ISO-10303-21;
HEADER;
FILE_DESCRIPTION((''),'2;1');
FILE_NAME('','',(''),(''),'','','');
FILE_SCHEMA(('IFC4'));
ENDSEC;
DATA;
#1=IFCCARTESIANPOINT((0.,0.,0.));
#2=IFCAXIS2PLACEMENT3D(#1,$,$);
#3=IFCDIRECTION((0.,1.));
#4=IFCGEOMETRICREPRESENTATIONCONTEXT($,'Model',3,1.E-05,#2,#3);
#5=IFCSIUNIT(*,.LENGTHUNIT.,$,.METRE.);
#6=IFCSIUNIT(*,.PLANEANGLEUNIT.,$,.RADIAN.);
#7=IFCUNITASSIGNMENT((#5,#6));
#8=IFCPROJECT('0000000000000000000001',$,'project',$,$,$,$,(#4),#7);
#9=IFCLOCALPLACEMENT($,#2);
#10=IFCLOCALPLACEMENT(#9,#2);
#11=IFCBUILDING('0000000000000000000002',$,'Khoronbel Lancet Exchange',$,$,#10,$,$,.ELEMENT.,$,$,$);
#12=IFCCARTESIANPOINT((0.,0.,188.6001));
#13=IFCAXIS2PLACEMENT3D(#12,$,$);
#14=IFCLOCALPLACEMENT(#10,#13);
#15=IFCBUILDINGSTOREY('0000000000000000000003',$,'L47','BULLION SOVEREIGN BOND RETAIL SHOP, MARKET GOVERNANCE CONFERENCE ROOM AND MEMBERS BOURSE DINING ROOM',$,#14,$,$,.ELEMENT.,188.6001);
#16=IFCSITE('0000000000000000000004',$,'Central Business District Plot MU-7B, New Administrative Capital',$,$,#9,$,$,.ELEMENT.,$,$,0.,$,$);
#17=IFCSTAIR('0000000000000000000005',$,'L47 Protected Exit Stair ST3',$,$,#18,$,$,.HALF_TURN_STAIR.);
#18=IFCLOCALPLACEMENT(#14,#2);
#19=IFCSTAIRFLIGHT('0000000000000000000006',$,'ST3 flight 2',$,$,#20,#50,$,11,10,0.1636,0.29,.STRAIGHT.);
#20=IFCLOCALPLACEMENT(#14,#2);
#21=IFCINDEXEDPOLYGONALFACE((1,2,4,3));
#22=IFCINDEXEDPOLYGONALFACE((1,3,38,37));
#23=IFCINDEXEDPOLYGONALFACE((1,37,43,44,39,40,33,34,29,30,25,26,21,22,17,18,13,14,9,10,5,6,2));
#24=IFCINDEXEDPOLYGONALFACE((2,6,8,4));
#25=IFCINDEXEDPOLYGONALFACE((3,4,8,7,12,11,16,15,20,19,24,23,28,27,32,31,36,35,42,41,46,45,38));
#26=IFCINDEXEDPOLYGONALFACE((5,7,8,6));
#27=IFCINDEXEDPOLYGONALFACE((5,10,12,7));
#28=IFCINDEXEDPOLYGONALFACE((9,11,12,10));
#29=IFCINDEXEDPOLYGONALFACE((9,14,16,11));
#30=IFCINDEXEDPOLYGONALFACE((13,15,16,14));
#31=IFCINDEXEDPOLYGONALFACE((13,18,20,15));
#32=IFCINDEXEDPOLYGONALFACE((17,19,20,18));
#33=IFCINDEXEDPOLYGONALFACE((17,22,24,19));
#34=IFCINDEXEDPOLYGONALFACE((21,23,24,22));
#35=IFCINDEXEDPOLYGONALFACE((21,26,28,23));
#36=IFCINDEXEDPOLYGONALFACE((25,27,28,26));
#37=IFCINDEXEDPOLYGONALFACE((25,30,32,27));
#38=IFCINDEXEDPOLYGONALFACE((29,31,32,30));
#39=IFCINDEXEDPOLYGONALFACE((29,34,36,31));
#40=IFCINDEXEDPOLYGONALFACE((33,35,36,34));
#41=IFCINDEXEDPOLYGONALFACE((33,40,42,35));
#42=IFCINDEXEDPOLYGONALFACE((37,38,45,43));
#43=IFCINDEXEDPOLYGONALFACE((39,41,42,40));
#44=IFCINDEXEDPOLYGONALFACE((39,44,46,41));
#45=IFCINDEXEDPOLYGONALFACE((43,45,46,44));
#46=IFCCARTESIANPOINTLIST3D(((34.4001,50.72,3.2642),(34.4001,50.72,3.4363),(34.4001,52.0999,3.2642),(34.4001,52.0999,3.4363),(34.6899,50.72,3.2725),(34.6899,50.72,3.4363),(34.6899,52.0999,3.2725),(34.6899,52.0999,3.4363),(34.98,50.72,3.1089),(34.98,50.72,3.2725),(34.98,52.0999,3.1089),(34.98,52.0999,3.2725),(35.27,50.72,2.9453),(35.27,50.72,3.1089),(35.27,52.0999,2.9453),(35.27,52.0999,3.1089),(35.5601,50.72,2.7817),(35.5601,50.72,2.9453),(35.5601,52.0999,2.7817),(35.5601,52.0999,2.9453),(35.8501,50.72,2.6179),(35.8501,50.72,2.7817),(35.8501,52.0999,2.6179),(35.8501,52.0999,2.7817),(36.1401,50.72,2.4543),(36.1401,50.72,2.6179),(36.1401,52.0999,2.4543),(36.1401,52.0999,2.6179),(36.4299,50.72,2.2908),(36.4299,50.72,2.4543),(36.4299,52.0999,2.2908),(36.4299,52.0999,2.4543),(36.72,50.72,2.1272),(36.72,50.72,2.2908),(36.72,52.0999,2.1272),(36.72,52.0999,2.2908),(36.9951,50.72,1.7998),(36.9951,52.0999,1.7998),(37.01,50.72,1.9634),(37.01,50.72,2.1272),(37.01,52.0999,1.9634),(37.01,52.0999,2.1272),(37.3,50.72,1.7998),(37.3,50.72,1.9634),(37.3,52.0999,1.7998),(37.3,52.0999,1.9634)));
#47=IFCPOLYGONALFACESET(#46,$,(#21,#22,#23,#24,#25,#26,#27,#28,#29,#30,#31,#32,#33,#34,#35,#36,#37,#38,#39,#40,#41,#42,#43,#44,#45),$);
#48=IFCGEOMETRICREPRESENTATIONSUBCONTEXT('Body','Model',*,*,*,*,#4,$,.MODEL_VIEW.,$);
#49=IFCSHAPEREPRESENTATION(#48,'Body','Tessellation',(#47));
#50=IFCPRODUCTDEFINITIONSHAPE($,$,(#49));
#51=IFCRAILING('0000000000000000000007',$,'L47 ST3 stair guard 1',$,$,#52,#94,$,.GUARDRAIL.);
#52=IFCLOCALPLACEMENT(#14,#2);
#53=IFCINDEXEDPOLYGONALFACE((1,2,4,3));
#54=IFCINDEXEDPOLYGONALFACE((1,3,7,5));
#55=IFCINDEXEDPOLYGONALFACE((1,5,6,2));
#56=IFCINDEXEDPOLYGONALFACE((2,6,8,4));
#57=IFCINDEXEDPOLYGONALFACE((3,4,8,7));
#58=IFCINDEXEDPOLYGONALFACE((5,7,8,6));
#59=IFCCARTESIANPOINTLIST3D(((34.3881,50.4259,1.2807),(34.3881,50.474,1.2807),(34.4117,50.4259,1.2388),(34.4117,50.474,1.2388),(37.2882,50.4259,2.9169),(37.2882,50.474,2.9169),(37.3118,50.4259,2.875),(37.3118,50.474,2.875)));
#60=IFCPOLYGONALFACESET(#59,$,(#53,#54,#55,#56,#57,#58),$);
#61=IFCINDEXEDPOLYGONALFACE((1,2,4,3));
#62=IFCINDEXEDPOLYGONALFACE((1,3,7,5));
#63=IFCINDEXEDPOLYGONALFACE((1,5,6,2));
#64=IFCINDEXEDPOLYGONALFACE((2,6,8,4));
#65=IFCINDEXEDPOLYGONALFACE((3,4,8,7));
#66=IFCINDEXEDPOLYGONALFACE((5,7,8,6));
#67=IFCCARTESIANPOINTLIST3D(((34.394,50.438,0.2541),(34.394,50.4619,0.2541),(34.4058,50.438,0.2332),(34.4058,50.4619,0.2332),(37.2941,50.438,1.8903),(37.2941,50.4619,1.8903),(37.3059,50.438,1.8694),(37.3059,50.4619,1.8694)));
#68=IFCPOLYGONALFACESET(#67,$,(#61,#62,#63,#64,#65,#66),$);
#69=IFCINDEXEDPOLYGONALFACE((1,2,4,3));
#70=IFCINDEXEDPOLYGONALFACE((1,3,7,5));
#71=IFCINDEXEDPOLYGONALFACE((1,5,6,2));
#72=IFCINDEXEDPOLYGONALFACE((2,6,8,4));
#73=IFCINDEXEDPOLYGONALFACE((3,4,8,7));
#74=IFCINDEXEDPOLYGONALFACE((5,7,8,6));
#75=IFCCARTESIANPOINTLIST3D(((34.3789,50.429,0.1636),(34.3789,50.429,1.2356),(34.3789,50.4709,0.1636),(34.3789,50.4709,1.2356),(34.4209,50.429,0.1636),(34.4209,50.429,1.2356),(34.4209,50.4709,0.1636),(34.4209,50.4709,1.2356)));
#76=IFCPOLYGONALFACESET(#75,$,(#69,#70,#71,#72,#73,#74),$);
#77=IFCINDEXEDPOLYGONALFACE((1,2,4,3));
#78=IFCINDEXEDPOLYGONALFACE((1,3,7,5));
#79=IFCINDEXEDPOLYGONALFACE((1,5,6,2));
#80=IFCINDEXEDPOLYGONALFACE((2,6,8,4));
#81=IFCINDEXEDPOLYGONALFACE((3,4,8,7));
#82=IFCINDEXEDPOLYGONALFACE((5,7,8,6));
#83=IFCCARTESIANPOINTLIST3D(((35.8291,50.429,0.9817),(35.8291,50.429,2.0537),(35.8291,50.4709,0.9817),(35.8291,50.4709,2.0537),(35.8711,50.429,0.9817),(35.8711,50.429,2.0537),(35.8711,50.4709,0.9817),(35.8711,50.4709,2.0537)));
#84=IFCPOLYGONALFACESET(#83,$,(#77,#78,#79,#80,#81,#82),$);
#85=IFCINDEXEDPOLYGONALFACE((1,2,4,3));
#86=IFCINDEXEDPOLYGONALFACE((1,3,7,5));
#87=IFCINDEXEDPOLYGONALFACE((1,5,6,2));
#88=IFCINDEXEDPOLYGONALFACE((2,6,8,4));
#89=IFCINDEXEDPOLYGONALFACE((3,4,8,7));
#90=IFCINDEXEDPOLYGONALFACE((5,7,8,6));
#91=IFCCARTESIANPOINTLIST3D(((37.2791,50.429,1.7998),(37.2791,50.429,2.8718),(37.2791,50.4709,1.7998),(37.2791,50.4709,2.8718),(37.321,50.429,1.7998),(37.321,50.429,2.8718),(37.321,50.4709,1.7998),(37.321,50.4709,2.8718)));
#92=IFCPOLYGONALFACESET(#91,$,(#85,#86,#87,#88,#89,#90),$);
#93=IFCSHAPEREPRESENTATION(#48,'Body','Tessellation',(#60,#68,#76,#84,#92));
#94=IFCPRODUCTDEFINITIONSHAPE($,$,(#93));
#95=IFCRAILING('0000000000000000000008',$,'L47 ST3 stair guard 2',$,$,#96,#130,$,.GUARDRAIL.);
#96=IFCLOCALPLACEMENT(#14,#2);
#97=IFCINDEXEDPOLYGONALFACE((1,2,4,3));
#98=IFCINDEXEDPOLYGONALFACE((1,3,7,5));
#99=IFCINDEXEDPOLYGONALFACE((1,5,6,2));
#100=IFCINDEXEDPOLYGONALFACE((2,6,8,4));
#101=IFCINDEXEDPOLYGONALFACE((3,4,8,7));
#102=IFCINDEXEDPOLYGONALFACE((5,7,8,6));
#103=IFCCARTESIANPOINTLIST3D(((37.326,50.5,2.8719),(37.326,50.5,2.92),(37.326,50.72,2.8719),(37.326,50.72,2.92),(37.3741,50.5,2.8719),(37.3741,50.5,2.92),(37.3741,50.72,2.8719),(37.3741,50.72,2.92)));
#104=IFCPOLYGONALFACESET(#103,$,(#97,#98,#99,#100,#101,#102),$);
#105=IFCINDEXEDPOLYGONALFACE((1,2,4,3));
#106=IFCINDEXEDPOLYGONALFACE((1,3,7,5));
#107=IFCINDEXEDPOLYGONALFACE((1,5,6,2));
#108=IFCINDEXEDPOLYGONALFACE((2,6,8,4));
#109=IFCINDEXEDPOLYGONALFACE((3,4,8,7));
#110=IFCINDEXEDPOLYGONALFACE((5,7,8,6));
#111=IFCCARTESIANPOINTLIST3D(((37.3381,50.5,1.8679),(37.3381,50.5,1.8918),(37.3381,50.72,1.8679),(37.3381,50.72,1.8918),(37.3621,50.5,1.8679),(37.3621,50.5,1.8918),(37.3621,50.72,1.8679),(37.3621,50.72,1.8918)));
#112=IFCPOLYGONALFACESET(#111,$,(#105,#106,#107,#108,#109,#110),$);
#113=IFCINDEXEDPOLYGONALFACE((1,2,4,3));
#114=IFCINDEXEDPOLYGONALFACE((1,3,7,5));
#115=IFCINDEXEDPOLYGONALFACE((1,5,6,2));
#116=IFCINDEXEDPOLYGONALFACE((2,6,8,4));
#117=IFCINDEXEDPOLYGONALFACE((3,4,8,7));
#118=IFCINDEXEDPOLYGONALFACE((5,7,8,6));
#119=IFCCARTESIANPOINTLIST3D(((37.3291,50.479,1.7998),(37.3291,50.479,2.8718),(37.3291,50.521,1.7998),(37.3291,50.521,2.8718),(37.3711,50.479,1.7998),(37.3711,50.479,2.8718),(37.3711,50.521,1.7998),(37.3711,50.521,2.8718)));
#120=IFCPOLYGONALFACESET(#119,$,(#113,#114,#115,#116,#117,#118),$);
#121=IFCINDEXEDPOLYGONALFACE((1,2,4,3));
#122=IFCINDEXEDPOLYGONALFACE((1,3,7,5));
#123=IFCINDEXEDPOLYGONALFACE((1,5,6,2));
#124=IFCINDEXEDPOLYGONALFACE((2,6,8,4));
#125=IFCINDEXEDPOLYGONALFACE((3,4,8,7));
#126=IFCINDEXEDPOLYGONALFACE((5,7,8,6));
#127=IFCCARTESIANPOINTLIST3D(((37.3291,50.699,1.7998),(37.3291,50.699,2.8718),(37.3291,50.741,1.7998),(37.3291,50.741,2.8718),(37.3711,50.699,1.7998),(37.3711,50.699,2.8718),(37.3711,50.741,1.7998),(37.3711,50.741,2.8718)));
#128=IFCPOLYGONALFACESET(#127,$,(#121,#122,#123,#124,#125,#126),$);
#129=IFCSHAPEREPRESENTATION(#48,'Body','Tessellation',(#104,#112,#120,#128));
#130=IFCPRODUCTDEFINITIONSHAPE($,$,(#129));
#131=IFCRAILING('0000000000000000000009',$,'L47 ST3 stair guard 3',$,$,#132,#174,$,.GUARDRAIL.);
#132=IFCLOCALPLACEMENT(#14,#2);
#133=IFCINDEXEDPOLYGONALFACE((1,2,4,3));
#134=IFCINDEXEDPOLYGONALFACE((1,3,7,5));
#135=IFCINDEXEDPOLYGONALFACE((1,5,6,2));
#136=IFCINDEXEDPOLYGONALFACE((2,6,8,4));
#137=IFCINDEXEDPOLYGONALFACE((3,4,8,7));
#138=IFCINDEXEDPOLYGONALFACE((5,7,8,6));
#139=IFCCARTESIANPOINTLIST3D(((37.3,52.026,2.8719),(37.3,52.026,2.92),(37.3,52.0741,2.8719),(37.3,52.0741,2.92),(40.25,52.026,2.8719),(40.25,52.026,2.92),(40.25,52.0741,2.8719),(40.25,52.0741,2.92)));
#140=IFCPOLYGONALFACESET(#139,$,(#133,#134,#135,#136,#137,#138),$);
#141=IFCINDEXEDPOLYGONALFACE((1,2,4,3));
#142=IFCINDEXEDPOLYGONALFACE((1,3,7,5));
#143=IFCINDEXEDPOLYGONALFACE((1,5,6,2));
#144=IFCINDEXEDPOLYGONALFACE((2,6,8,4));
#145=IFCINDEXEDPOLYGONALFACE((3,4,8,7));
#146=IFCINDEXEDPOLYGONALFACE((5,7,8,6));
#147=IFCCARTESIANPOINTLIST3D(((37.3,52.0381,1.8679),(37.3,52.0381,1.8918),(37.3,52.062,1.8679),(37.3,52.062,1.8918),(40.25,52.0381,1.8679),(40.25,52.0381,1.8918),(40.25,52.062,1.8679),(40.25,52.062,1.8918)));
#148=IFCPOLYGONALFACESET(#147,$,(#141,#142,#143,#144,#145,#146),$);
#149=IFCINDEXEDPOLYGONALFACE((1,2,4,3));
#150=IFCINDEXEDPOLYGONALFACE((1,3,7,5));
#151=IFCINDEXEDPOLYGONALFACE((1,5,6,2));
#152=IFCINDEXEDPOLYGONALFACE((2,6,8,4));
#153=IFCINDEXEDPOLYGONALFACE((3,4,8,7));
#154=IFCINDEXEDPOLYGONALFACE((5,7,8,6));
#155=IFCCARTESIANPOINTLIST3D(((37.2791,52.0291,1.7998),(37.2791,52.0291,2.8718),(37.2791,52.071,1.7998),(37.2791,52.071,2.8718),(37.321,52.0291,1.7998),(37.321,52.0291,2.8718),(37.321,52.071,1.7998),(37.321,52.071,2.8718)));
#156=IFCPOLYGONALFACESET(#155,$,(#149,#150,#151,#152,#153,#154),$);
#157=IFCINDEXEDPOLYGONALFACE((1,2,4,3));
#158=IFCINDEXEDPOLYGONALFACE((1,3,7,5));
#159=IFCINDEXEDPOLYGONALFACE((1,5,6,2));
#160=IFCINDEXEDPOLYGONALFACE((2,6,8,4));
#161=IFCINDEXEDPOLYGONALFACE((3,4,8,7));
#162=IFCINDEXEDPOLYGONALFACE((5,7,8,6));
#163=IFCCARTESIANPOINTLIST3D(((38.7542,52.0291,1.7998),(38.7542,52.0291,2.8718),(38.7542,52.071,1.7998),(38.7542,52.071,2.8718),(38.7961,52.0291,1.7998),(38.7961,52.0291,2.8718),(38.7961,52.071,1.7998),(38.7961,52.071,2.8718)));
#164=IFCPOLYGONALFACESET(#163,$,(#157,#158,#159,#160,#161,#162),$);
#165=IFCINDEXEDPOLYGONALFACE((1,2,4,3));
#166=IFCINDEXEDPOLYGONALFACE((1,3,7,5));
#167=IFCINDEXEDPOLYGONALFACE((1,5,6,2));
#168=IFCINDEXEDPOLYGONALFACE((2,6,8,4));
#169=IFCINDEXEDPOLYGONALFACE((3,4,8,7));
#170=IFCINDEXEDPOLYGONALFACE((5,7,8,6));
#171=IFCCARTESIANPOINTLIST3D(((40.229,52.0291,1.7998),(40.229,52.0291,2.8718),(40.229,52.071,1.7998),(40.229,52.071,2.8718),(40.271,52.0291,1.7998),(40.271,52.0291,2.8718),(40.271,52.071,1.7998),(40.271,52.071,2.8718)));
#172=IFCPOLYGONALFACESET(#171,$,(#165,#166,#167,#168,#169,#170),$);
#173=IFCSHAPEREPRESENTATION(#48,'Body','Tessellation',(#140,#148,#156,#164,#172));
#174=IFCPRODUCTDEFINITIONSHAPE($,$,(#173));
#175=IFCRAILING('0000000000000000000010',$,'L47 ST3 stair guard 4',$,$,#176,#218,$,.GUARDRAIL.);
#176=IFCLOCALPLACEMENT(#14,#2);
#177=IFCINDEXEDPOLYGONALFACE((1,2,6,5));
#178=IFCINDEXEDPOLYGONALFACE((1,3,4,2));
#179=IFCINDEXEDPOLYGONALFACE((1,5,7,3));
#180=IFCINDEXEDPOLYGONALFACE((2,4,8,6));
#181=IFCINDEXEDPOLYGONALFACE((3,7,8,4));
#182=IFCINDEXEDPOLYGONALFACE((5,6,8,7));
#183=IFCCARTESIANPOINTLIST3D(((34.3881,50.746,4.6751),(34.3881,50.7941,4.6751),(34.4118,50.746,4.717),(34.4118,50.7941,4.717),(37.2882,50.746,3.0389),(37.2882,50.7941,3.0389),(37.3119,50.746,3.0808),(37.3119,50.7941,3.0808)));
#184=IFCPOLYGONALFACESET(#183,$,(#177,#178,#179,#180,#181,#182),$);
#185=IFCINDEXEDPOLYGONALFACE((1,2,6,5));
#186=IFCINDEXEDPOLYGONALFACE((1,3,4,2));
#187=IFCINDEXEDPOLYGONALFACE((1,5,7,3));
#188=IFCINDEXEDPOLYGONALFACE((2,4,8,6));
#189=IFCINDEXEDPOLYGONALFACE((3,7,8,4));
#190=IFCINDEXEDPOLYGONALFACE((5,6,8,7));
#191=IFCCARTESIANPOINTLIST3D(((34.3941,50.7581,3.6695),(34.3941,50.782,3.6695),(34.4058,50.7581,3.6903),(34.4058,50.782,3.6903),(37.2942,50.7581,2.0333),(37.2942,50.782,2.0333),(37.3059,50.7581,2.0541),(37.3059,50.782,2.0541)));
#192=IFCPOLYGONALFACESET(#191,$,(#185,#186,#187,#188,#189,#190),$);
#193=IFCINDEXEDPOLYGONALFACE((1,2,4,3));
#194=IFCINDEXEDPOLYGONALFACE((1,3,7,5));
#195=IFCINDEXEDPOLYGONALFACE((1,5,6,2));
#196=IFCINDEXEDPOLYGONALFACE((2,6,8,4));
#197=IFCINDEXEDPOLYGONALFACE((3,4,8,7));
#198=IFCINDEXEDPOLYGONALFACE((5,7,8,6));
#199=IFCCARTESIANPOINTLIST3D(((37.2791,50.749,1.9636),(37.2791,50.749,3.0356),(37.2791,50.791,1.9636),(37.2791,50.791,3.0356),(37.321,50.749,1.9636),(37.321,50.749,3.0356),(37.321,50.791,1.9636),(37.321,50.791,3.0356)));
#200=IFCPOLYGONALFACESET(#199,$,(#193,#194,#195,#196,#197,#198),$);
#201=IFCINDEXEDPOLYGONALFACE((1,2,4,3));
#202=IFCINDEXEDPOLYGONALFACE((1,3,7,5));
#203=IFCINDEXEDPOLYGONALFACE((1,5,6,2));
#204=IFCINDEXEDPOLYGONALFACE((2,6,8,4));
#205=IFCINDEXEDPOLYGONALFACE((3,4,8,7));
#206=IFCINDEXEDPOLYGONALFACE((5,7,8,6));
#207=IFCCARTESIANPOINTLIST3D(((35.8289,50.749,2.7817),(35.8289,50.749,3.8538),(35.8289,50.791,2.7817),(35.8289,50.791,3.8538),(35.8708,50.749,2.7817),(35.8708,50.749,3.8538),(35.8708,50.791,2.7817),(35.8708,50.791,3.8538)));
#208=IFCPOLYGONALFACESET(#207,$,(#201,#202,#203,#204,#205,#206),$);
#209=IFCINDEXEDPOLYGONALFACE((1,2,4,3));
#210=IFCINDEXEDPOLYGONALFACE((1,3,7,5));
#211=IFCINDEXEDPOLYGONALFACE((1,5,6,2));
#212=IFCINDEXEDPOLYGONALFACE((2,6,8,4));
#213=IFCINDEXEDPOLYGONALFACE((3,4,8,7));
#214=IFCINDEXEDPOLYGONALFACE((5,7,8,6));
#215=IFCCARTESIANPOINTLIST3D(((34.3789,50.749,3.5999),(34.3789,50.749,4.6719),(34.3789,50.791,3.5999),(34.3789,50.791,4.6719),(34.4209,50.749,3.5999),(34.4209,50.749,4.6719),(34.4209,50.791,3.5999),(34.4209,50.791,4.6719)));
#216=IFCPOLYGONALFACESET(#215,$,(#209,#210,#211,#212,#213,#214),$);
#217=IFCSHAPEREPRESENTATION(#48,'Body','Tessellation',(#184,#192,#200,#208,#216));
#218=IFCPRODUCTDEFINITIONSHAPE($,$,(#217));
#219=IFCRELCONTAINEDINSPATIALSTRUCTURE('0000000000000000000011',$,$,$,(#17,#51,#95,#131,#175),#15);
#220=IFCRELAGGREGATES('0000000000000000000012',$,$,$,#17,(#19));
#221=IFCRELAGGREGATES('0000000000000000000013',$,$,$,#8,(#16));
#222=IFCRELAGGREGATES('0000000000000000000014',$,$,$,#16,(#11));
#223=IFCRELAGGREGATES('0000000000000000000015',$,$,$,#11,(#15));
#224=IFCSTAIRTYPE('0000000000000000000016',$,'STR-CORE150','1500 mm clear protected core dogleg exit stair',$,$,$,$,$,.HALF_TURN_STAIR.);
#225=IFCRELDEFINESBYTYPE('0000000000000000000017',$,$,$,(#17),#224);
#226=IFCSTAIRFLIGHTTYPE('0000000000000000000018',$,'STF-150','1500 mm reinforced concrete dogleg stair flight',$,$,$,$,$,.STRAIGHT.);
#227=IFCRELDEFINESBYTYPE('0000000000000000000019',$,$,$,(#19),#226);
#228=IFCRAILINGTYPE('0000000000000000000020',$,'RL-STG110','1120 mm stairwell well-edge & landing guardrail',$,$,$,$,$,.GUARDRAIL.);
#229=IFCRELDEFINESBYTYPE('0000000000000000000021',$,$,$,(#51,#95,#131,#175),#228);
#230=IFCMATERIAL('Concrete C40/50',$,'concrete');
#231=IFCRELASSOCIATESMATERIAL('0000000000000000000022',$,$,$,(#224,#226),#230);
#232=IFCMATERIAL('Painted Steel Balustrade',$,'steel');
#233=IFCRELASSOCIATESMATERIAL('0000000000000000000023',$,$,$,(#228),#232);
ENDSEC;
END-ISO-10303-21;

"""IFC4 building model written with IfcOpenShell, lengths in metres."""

from ifc_helpers import new_model, si_unit, direction, frame, origin, origin_2d, place, context, subcontext, project, spatial, polyline, rectangle, outline, extrude, material, type_object, element, aggregate, save


model = new_model("IFC4")

# Units and contexts
model_context = context("Model", 3, precision=1e-05, world=origin(), true_north=direction((0.0, 1.0)))
body_context = subcontext(model_context, "Body", "Model", "MODEL_VIEW")
ifc_project = project(units=[si_unit("LENGTHUNIT", "METRE"), si_unit("PLANEANGLEUNIT", "RADIAN")], contexts=[model_context])

# Site, building, storey
site_placement = place(None, origin())
site = spatial("IfcSite", under=ifc_project, at=site_placement, Name="Central Business District Plot MU-7B, New Administrative Capital", CompositionType="ELEMENT", RefElevation=0.0)
building_placement = place(site_placement, origin())
building = spatial("IfcBuilding", under=site, at=building_placement, Name="Khoronbel Lancet Exchange", CompositionType="ELEMENT")
storey_placement = place(building_placement, frame((0.0, 0.0, 188.6001)))
storey = spatial("IfcBuildingStorey", under=building, at=storey_placement, Name="L47", Description="BULLION SOVEREIGN BOND RETAIL SHOP, MARKET GOVERNANCE CONFERENCE ROOM AND MEMBERS BOURSE DINING ROOM", CompositionType="ELEMENT", Elevation=188.6001)

# Stair, stair flight
ifc_material_1 = material(Name="Concrete C40/50", Category="concrete")
stair_type = type_object("IfcStairType", Name="STR-CORE150", Description="1500 mm clear protected core dogleg exit stair", PredefinedType="HALF_TURN_STAIR", material=ifc_material_1)
stair_placement = place(storey_placement, origin())
stair = element("IfcStair", 1, at=stair_placement, inside=storey, type_object=stair_type, Name="L47 Protected Exit Stair ST3", PredefinedType="HALF_TURN_STAIR")
stair_flight_type = type_object("IfcStairFlightType", Name="STF-150", Description="1500 mm reinforced concrete dogleg stair flight", PredefinedType="STRAIGHT", material=ifc_material_1)
stair_flight_1_placement = place(storey_placement, frame((37.3, 51.4099, 1.7998), z_axis=(0.0, 0.0, 1.0), x_axis=(-1.0, 0.0, 0.0)))
stair_flight_1 = element("IfcStairFlight", 2, at=stair_flight_1_placement, type_object=stair_flight_type, Name="ST3 flight 2", NumberOfRisers=11, NumberOfTreads=10, PredefinedType="STRAIGHT", RiserHeight=0.1636, TreadLength=0.29, context=body_context, shape_type="SweptSolid", body=[
    extrude(outline(polyline([(0.0, 0.0), (0.0, 0.1636), (0.29, 0.1636), (0.29, 0.3274), (0.5801, 0.3274), (0.5801, 0.491), (0.8701, 0.491), (0.8701, 0.6545), (1.1599, 0.6545), (1.1599, 0.8181), (1.45, 0.8181), (1.45, 0.9819), (1.74, 0.9819), (1.74, 1.1455), (2.03, 1.1455), (2.03, 1.3091), (2.3201, 1.3091), (2.3201, 1.4727), (2.6101, 1.4727), (2.6101, 1.6365), (2.8999, 1.6365), (2.8999, 1.8), (2.8999, 1.4644), (0.3049, 0.0), (0.0, 0.0)])), frame((0.0, 0.6899, 0.0), z_axis=(0.0, -1.0, 0.0), x_axis=(1.0, 0.0, 0.0)), (0.0, 0.0, 1.0), 1.3799),
])
aggregate(stair, [stair_flight_1])

# Railings
ifc_material_2 = material(Name="Painted Steel Balustrade", Category="steel")
railing_type_1 = type_object("IfcRailingType", Name="RL-STG110", Description="1120 mm stairwell well-edge & landing guardrail", PredefinedType="GUARDRAIL", material=ifc_material_2)
railing_1_placement = place(storey_placement, frame((34.3999, 50.45, 0.1636)))
element("IfcRailing", 3, at=railing_1_placement, inside=storey, type_object=railing_type_1, Name="L47 ST3 stair guard 1", PredefinedType="GUARDRAIL", context=body_context, shape_type="SweptSolid", body=[
    extrude(rectangle(XDim=0.0481, YDim=0.0481, at=origin_2d()), frame((0.0, 0.0, 1.0962), z_axis=(0.870946, 0.0, 0.491378), x_axis=(0.0, 1.0, 0.0)), (0.0, 0.0, 1.0), 3.3298),
    extrude(rectangle(XDim=0.0239, YDim=0.0239, at=origin_2d()), frame((0.0, 0.0, 0.0801), z_axis=(0.870946, 0.0, 0.491378), x_axis=(0.0, 1.0, 0.0)), (0.0, 0.0, 1.0), 3.3298),
    extrude(rectangle(XDim=0.042, YDim=0.042, at=origin_2d()), origin(), (0.0, 0.0, 1.0), 1.072),
    extrude(rectangle(XDim=0.042, YDim=0.042, at=origin_2d()), frame((1.4502, 0.0, 0.8181)), (0.0, 0.0, 1.0), 1.072),
    extrude(rectangle(XDim=0.042, YDim=0.042, at=origin_2d()), frame((2.9001, 0.0, 1.6362)), (0.0, 0.0, 1.0), 1.072),
])
railing_2_placement = place(storey_placement, frame((37.3501, 50.5, 1.7998)))
element("IfcRailing", 4, at=railing_2_placement, inside=storey, type_object=railing_type_1, Name="L47 ST3 stair guard 2", PredefinedType="GUARDRAIL", context=body_context, shape_type="SweptSolid", body=[
    extrude(rectangle(XDim=0.0481, YDim=0.0481, at=origin_2d()), frame((0.0, 0.0, 1.0962), z_axis=(0.0, 1.0, 0.0), x_axis=(-1.0, 0.0, 0.0)), (0.0, 0.0, 1.0), 0.22),
    extrude(rectangle(XDim=0.0239, YDim=0.0239, at=origin_2d()), frame((0.0, 0.0, 0.0801), z_axis=(0.0, 1.0, 0.0), x_axis=(-1.0, 0.0, 0.0)), (0.0, 0.0, 1.0), 0.22),
    extrude(rectangle(XDim=0.042, YDim=0.042, at=origin_2d()), origin(), (0.0, 0.0, 1.0), 1.072),
    extrude(rectangle(XDim=0.042, YDim=0.042, at=origin_2d()), frame((0.0, 0.22, 0.0)), (0.0, 0.0, 1.0), 1.072),
])
railing_3_placement = place(storey_placement, frame((37.3, 52.05, 1.7998)))
element("IfcRailing", 5, at=railing_3_placement, inside=storey, type_object=railing_type_1, Name="L47 ST3 stair guard 3", PredefinedType="GUARDRAIL", context=body_context, shape_type="SweptSolid", body=[
    extrude(rectangle(XDim=0.0481, YDim=0.0481, at=origin_2d()), frame((0.0, 0.0, 1.0962), z_axis=(1.0, 0.0, 0.0), x_axis=(0.0, 1.0, 0.0)), (0.0, 0.0, 1.0), 2.95),
    extrude(rectangle(XDim=0.0239, YDim=0.0239, at=origin_2d()), frame((0.0, 0.0, 0.0801), z_axis=(1.0, 0.0, 0.0), x_axis=(0.0, 1.0, 0.0)), (0.0, 0.0, 1.0), 2.95),
    extrude(rectangle(XDim=0.042, YDim=0.042, at=origin_2d()), origin(), (0.0, 0.0, 1.0), 1.072),
    extrude(rectangle(XDim=0.042, YDim=0.042, at=origin_2d()), frame((1.4751, 0.0, 0.0)), (0.0, 0.0, 1.0), 1.072),
    extrude(rectangle(XDim=0.042, YDim=0.042, at=origin_2d()), frame((2.95, 0.0, 0.0)), (0.0, 0.0, 1.0), 1.072),
])
railing_4_placement = place(storey_placement, frame((37.3, 50.77, 1.9636)))
element("IfcRailing", 6, at=railing_4_placement, inside=storey, type_object=railing_type_1, Name="L47 ST3 stair guard 4", PredefinedType="GUARDRAIL", context=body_context, shape_type="SweptSolid", body=[
    extrude(rectangle(XDim=0.0481, YDim=0.0481, at=origin_2d()), frame((0.0, 0.0, 1.0962), z_axis=(-0.870946, 0.0, 0.491378), x_axis=(0.0, -1.0, 0.0)), (0.0, 0.0, 1.0), 3.3298),
    extrude(rectangle(XDim=0.0239, YDim=0.0239, at=origin_2d()), frame((0.0, 0.0, 0.0801), z_axis=(-0.870946, 0.0, 0.491378), x_axis=(0.0, -1.0, 0.0)), (0.0, 0.0, 1.0), 3.3298),
    extrude(rectangle(XDim=0.042, YDim=0.042, at=origin_2d()), origin(), (0.0, 0.0, 1.0), 1.072),
    extrude(rectangle(XDim=0.042, YDim=0.042, at=origin_2d()), frame((-1.4502, 0.0, 0.8181)), (0.0, 0.0, 1.0), 1.072),
    extrude(rectangle(XDim=0.042, YDim=0.042, at=origin_2d()), frame((-2.9001, 0.0, 1.6362)), (0.0, 0.0, 1.0), 1.072),
])

save(model, "model.ifc")
